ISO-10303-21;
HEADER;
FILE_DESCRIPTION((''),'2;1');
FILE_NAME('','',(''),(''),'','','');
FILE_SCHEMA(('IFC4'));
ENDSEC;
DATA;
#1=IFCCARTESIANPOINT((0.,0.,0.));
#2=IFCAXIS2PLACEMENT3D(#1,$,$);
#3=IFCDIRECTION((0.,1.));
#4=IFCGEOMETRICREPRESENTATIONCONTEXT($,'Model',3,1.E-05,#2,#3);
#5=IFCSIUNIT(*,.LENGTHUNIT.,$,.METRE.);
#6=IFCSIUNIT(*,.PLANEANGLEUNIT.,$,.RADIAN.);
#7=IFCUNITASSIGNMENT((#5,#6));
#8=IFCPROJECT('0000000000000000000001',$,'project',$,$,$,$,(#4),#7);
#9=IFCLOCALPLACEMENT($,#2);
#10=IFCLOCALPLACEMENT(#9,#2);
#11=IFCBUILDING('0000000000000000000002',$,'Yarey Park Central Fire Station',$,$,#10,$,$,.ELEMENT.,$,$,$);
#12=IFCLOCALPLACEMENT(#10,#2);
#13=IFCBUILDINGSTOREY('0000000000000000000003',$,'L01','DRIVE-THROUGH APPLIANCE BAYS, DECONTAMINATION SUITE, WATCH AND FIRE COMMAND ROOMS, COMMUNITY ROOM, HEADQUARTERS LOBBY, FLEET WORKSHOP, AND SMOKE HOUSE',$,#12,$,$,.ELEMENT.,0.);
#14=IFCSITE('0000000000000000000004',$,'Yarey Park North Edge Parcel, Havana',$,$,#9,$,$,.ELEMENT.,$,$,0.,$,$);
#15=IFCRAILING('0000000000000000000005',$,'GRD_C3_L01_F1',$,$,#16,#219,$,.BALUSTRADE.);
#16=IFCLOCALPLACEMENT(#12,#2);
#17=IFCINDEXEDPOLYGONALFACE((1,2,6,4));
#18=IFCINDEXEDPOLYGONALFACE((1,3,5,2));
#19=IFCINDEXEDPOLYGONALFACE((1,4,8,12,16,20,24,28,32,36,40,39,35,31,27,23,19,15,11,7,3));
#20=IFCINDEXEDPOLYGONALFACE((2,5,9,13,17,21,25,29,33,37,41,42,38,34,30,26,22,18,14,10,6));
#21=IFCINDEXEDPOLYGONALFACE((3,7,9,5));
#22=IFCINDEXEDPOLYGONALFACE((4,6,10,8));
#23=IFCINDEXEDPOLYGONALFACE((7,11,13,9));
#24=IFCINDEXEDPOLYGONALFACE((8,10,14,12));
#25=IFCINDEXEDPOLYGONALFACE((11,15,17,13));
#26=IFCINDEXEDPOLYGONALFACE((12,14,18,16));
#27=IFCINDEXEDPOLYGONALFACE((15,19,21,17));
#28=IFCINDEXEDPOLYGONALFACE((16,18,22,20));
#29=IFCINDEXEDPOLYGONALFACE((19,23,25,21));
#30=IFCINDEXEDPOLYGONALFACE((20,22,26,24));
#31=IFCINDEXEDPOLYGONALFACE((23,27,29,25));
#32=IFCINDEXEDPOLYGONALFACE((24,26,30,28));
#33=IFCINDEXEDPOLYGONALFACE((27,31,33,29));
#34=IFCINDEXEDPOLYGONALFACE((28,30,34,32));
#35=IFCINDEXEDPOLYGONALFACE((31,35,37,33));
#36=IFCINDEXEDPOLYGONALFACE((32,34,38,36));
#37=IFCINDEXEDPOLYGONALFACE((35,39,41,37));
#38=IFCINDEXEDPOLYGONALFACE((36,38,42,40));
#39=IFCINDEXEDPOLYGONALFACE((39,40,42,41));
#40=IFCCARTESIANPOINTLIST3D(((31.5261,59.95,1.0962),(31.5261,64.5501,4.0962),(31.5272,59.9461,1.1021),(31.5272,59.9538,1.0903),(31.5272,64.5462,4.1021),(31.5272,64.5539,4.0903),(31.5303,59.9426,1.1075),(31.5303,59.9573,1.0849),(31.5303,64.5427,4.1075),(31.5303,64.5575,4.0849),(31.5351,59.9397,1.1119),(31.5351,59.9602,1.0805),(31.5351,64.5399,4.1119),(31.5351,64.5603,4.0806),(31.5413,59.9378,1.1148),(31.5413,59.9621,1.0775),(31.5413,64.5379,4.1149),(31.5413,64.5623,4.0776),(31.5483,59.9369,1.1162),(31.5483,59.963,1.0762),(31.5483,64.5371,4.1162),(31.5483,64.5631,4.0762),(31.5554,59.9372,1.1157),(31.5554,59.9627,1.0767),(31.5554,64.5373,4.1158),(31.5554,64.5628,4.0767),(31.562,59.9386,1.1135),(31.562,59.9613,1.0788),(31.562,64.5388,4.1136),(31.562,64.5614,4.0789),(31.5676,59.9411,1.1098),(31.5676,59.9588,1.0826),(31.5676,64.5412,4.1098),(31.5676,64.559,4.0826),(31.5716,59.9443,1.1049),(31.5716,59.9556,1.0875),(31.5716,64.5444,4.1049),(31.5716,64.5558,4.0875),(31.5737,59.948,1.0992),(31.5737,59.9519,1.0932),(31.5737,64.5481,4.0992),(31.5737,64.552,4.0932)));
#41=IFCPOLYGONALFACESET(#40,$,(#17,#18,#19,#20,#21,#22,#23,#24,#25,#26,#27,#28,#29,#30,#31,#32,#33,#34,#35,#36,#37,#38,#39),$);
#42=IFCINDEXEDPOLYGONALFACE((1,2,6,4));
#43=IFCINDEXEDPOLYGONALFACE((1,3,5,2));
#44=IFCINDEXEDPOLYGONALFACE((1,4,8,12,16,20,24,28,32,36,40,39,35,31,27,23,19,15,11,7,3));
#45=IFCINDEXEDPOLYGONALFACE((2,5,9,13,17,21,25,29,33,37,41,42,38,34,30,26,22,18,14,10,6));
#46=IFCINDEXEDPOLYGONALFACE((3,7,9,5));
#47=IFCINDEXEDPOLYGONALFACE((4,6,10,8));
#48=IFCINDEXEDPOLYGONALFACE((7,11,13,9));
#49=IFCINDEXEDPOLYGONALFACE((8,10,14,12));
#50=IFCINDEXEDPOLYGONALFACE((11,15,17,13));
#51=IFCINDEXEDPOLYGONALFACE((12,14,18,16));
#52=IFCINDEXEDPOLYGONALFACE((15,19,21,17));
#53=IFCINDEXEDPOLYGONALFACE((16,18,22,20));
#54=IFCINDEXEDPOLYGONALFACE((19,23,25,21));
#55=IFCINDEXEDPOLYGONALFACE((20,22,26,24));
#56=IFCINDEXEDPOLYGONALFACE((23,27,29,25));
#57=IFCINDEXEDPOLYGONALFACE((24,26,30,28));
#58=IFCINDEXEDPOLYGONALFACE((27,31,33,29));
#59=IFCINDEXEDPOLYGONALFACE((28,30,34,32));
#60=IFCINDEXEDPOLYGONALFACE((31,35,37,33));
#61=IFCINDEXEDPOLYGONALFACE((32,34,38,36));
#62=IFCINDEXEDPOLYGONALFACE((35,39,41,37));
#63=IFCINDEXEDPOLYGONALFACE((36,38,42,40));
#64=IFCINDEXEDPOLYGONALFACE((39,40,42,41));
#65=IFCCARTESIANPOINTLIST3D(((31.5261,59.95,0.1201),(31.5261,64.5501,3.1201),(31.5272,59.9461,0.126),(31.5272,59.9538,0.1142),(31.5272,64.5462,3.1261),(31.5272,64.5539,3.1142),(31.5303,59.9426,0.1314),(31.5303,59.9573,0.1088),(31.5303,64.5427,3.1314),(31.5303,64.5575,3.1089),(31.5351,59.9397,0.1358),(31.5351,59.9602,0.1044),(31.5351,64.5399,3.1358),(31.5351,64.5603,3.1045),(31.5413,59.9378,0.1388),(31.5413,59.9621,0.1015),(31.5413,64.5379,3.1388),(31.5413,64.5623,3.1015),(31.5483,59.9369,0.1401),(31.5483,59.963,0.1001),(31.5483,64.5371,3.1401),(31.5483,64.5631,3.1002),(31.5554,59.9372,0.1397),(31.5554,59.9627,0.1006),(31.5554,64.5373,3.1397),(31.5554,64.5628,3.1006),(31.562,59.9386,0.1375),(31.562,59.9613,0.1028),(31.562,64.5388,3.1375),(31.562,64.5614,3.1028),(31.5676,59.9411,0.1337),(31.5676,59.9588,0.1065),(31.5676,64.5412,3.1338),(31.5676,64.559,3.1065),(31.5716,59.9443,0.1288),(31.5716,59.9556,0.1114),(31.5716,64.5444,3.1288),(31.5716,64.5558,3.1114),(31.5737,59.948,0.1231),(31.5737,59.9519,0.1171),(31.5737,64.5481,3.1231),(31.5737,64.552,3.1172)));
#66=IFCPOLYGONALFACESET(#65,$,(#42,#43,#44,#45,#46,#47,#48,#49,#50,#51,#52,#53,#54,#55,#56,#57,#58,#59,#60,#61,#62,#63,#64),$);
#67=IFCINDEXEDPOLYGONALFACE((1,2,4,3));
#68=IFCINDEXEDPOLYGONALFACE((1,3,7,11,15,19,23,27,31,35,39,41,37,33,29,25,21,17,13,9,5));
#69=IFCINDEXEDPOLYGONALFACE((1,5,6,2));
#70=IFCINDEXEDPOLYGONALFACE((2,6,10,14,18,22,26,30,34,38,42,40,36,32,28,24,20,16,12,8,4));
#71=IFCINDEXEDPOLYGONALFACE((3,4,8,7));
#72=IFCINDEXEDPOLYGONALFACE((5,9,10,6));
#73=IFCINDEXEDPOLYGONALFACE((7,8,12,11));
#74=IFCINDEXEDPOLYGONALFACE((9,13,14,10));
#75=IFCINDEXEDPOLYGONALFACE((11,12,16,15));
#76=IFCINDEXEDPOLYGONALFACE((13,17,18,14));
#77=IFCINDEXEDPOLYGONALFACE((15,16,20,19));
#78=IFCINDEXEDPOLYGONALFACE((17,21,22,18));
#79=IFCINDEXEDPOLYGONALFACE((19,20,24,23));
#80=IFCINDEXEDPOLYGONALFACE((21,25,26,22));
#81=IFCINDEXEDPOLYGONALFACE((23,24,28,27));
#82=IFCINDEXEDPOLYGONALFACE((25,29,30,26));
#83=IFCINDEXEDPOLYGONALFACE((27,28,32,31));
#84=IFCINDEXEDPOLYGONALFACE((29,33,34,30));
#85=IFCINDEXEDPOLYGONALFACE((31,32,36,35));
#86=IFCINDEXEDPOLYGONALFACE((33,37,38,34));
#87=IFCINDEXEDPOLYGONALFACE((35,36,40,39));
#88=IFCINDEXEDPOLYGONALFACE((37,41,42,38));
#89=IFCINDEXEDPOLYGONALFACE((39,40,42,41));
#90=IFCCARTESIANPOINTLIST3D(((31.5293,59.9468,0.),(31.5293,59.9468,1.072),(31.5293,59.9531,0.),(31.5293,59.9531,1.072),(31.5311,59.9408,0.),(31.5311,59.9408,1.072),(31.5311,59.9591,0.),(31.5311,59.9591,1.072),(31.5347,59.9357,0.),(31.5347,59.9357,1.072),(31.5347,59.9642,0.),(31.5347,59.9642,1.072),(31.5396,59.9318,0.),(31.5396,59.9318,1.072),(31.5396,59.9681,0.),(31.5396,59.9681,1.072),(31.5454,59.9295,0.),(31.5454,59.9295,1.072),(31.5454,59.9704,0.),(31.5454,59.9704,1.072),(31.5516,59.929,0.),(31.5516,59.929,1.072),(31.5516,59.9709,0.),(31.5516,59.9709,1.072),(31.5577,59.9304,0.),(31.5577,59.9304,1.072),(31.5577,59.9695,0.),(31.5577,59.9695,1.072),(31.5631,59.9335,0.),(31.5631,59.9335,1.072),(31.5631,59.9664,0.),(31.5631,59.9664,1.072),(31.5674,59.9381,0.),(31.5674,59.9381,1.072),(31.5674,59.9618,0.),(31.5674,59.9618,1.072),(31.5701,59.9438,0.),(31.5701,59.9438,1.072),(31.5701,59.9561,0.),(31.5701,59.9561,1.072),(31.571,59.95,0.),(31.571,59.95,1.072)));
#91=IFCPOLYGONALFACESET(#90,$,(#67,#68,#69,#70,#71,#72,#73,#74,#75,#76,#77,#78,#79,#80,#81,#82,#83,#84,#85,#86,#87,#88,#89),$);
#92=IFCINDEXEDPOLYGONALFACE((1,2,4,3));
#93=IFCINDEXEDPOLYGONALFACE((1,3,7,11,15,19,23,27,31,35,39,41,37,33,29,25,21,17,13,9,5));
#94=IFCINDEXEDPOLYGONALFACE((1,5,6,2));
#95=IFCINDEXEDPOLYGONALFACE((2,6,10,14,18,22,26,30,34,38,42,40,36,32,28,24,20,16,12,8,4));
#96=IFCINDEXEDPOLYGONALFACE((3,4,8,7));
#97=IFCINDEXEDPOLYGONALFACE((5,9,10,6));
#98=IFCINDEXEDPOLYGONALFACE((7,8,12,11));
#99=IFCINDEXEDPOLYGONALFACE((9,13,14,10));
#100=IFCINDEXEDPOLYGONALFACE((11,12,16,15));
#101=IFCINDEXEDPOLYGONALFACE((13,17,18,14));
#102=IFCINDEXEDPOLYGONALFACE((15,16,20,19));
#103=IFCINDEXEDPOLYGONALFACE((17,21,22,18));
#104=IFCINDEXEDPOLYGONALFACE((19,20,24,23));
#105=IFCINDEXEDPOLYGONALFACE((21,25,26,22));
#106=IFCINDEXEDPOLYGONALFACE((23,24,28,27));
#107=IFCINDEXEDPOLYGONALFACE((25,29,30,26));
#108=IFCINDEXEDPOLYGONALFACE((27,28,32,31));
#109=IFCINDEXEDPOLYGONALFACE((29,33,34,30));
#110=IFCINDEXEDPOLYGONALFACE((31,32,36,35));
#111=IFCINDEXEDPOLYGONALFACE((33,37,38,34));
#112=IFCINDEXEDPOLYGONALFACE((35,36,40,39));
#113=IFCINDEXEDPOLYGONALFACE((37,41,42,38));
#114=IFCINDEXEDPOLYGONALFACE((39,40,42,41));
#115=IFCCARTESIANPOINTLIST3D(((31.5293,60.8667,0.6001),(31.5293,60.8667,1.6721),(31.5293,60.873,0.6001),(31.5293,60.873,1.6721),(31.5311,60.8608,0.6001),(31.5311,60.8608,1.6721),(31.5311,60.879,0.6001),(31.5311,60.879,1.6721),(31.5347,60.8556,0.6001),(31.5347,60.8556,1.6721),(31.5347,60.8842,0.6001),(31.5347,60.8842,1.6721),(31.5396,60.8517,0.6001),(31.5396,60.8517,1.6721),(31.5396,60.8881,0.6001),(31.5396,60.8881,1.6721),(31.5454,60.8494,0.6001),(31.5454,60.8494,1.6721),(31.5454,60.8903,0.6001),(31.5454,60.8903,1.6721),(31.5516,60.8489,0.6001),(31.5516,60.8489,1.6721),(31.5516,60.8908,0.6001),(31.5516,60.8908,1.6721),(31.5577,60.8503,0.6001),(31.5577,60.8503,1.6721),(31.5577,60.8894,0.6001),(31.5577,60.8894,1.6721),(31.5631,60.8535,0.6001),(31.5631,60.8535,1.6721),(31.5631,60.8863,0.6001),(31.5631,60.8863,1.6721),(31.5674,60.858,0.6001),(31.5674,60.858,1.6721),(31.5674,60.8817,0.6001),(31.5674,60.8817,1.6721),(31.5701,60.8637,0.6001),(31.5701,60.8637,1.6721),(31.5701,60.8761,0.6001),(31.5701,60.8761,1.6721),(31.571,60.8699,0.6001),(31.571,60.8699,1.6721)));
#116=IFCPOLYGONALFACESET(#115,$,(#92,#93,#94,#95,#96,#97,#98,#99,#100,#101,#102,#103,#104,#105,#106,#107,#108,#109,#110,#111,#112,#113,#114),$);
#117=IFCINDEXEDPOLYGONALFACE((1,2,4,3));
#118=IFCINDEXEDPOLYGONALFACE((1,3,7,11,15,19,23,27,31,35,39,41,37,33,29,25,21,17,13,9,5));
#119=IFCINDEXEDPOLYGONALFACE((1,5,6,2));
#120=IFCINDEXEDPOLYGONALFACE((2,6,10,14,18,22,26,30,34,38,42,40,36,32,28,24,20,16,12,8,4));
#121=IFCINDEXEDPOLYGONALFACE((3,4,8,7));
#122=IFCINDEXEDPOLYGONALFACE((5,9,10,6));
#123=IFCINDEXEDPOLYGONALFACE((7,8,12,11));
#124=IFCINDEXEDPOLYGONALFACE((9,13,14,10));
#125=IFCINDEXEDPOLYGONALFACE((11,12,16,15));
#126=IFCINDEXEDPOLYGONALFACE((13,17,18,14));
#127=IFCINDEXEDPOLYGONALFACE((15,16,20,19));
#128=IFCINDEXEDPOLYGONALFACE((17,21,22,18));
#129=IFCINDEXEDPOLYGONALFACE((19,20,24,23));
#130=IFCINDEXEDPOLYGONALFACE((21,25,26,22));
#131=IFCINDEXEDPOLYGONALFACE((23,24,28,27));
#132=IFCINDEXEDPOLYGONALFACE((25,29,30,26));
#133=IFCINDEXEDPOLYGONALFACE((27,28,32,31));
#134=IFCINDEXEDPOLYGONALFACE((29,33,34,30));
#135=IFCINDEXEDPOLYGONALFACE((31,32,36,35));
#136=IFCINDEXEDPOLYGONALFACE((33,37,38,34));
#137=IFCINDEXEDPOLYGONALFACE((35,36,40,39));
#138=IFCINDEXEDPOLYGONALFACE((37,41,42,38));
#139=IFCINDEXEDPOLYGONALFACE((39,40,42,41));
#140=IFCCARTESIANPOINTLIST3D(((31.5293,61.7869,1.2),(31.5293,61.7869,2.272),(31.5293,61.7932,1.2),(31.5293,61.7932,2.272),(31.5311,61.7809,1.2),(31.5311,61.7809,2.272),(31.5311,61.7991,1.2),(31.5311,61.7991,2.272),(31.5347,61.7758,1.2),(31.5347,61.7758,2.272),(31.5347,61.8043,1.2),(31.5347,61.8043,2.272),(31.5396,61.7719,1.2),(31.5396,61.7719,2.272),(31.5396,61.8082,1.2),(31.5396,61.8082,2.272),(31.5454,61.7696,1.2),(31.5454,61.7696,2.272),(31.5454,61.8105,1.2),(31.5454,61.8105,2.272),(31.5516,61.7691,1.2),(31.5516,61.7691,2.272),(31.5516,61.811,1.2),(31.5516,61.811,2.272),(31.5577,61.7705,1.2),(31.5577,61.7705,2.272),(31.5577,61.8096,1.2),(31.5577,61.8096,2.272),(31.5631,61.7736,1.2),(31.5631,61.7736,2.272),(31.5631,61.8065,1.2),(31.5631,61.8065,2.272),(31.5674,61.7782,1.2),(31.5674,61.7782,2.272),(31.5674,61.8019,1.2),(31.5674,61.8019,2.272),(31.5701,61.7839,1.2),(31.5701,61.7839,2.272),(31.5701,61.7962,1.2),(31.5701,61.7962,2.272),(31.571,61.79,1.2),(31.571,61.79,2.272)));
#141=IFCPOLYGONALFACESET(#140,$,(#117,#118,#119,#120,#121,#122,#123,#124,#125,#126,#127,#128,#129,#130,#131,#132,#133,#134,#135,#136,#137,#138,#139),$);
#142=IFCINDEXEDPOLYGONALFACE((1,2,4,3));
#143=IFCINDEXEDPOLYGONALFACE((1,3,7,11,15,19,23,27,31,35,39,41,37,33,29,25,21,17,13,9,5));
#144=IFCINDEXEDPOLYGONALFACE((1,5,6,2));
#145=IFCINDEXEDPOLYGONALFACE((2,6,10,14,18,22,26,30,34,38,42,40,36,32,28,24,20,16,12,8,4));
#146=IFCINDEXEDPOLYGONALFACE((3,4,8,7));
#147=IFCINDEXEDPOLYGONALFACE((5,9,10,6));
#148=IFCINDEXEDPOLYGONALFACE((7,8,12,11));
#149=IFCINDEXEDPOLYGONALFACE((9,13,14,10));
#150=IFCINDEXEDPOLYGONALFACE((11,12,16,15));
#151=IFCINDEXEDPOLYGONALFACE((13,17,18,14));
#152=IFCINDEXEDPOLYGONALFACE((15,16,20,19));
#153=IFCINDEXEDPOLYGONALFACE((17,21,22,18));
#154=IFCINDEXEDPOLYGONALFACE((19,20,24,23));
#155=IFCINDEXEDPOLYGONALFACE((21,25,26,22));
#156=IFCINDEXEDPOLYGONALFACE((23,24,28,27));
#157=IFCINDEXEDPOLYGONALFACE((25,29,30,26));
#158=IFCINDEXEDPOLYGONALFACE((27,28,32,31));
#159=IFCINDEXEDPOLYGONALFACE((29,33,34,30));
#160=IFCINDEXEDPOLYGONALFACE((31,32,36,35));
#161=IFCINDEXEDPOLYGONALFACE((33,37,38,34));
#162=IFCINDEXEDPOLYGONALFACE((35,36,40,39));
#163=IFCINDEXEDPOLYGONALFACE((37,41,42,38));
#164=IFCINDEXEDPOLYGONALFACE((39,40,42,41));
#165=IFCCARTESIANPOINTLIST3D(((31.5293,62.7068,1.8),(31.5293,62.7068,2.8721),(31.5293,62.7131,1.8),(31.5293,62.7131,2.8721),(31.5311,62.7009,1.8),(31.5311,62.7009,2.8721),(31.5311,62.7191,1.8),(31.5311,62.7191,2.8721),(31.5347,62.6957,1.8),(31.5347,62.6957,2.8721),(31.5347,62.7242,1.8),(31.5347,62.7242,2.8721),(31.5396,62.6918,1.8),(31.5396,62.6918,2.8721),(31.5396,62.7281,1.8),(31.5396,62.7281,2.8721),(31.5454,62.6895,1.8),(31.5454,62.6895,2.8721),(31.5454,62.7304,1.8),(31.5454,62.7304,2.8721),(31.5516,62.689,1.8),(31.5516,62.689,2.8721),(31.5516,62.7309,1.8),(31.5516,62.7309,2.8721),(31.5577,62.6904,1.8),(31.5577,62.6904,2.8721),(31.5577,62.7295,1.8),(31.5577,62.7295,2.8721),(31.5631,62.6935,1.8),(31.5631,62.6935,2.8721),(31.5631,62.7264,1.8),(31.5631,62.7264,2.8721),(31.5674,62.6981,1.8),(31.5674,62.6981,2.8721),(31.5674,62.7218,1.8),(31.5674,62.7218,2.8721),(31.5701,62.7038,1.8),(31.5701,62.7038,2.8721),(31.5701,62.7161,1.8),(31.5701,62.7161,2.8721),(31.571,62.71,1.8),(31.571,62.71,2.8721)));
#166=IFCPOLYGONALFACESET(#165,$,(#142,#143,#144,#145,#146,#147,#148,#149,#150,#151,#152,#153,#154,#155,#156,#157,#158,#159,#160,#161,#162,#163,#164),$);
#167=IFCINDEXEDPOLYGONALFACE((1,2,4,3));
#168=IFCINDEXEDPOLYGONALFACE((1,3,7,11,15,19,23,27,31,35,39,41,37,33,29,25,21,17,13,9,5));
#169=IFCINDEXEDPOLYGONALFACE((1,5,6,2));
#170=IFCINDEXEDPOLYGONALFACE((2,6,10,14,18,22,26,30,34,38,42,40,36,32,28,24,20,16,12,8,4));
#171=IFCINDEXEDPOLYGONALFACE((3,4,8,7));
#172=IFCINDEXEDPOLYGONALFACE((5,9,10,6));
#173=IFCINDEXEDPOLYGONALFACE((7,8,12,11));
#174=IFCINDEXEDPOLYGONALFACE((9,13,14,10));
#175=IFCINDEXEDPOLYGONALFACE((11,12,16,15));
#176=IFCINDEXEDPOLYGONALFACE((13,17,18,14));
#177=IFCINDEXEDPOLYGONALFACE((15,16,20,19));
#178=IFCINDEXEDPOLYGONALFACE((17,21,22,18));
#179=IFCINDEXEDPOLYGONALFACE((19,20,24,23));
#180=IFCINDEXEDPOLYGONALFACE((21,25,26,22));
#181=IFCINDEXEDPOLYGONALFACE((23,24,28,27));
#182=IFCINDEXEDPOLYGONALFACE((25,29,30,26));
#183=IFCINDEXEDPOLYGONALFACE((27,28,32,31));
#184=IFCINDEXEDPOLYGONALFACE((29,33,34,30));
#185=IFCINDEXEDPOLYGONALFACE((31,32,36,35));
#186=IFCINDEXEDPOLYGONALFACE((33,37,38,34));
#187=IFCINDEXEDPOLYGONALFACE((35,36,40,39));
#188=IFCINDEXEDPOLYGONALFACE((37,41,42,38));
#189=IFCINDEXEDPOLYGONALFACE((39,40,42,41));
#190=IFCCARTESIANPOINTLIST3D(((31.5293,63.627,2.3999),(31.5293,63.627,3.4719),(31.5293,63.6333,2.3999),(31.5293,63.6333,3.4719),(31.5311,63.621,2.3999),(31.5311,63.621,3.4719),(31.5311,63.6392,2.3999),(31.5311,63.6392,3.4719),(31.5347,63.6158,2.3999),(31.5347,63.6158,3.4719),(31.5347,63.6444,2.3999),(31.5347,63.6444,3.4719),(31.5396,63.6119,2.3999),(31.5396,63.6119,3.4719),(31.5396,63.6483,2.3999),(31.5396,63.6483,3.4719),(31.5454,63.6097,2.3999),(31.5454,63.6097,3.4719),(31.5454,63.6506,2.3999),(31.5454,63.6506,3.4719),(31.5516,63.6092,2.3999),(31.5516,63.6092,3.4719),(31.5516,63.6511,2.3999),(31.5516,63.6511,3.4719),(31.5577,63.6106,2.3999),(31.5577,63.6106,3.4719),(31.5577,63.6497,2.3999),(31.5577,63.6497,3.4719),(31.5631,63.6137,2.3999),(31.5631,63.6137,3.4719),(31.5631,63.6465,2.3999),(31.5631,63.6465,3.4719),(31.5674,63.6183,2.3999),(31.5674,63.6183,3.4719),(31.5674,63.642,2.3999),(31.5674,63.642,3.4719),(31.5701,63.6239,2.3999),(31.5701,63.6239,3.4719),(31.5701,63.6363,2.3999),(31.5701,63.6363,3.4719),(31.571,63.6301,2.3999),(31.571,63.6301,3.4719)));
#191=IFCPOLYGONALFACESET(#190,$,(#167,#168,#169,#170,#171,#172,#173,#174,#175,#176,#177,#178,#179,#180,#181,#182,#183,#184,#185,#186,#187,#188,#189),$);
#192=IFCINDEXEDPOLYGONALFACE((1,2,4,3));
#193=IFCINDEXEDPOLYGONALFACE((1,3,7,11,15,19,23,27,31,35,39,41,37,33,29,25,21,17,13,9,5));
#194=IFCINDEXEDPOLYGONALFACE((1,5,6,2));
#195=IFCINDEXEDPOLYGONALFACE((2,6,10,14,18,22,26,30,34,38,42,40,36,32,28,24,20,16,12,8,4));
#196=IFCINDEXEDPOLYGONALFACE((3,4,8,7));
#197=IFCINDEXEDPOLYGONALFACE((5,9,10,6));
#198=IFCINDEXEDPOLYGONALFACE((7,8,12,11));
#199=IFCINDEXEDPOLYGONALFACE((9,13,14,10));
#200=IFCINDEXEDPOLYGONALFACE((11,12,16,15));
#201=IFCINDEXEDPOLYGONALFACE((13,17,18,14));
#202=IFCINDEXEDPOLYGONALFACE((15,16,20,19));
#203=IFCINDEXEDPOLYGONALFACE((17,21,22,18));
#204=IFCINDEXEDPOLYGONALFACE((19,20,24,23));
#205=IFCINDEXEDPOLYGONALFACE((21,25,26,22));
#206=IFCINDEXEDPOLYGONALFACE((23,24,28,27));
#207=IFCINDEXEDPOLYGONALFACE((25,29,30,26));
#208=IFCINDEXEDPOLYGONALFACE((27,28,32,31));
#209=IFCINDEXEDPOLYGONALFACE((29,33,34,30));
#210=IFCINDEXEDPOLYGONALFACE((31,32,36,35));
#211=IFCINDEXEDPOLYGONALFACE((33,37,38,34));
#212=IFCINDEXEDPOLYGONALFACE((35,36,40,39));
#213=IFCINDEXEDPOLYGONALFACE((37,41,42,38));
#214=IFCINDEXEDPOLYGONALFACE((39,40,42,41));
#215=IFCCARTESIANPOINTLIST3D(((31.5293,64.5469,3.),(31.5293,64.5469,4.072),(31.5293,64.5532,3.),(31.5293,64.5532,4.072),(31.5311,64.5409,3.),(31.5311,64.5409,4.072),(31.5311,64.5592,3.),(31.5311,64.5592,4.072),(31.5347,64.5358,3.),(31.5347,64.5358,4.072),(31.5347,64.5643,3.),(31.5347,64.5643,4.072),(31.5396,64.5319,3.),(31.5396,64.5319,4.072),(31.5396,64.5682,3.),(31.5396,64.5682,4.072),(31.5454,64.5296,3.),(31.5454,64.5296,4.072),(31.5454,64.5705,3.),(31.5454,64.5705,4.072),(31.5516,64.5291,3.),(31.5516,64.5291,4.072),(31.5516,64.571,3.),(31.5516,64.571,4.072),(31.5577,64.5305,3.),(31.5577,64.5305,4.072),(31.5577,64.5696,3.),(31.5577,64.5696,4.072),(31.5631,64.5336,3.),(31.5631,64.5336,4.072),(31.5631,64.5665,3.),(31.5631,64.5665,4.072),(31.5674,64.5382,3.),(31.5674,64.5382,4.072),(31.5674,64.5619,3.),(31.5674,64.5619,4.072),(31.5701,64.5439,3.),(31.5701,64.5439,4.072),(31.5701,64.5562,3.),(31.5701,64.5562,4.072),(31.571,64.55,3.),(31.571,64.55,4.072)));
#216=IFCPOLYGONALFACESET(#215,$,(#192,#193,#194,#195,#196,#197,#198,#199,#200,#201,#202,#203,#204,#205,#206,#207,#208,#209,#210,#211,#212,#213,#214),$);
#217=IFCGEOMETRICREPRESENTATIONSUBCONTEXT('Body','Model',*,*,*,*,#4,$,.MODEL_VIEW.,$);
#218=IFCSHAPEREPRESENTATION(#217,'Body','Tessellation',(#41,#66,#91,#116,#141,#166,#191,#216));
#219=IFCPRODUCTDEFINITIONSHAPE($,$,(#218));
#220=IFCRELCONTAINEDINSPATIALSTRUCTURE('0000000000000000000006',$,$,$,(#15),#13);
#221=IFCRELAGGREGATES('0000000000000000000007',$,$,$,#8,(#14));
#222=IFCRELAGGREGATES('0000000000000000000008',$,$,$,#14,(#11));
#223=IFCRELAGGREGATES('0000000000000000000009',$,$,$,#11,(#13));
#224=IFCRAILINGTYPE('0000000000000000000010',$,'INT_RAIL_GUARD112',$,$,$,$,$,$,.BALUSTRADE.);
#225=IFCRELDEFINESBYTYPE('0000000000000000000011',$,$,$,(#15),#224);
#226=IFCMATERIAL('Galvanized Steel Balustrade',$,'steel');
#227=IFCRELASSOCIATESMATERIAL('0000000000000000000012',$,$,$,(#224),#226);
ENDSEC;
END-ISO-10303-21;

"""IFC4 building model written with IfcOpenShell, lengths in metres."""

from ifc_helpers import new_model, si_unit, direction, frame, origin, origin_2d, place, context, subcontext, project, spatial, circle, extrude, material, type_object, element, save


model = new_model("IFC4")

# Units and contexts
model_context = context("Model", 3, precision=1e-05, world=origin(), true_north=direction((0.0, 1.0)))
body_context = subcontext(model_context, "Body", "Model", "MODEL_VIEW")
ifc_project = project(units=[si_unit("LENGTHUNIT", "METRE"), si_unit("PLANEANGLEUNIT", "RADIAN")], contexts=[model_context])

# Site, building, storey
site_placement = place(None, origin())
site = spatial("IfcSite", under=ifc_project, at=site_placement, Name="Yarey Park North Edge Parcel, Havana", CompositionType="ELEMENT", RefElevation=0.0)
building_placement = place(site_placement, origin())
building = spatial("IfcBuilding", under=site, at=building_placement, Name="Yarey Park Central Fire Station", CompositionType="ELEMENT")
storey_placement = place(building_placement, origin())
storey = spatial("IfcBuildingStorey", under=building, at=storey_placement, Name="L01", Description="DRIVE-THROUGH APPLIANCE BAYS, DECONTAMINATION SUITE, WATCH AND FIRE COMMAND ROOMS, COMMUNITY ROOM, HEADQUARTERS LOBBY, FLEET WORKSHOP, AND SMOKE HOUSE", CompositionType="ELEMENT", Elevation=0.0)

# Railing
ifc_material_1 = material(Name="Galvanized Steel Balustrade", Category="steel")
railing_type_1 = type_object("IfcRailingType", Name="INT_RAIL_GUARD112", PredefinedType="BALUSTRADE", material=ifc_material_1)
railing_1_placement = place(storey_placement, frame((31.55, 59.95, 0.0)))
element("IfcRailing", 1, at=railing_1_placement, inside=storey, type_object=railing_type_1, Name="GRD_C3_L01_F1", PredefinedType="BALUSTRADE", context=body_context, shape_type="SweptSolid", body=[
    extrude(circle(Radius=0.0239, at=origin_2d()), frame((0.0, 0.0, 1.0962), z_axis=(0.0, 0.837616, 0.54626), x_axis=(-1.0, 0.0, 0.0)), (0.0, 0.0, 1.0), 5.4919),
    extrude(circle(Radius=0.0239, at=origin_2d()), frame((0.0, 0.0, 0.1201), z_axis=(0.0, 0.837616, 0.54626), x_axis=(-1.0, 0.0, 0.0)), (0.0, 0.0, 1.0), 5.4919),
    extrude(circle(Radius=0.021, at=origin_2d()), origin(), (0.0, 0.0, 1.0), 1.072),
    extrude(circle(Radius=0.021, at=origin_2d()), frame((0.0, 0.9199, 0.6001)), (0.0, 0.0, 1.0), 1.072),
    extrude(circle(Radius=0.021, at=origin_2d()), frame((0.0, 1.8401, 1.2)), (0.0, 0.0, 1.0), 1.072),
    extrude(circle(Radius=0.021, at=origin_2d()), frame((0.0, 2.76, 1.8)), (0.0, 0.0, 1.0), 1.072),
    extrude(circle(Radius=0.021, at=origin_2d()), frame((0.0, 3.6802, 2.3999)), (0.0, 0.0, 1.0), 1.072),
    extrude(circle(Radius=0.021, at=origin_2d()), frame((0.0, 4.6001, 3.0)), (0.0, 0.0, 1.0), 1.072),
])

save(model, "model.ifc")
